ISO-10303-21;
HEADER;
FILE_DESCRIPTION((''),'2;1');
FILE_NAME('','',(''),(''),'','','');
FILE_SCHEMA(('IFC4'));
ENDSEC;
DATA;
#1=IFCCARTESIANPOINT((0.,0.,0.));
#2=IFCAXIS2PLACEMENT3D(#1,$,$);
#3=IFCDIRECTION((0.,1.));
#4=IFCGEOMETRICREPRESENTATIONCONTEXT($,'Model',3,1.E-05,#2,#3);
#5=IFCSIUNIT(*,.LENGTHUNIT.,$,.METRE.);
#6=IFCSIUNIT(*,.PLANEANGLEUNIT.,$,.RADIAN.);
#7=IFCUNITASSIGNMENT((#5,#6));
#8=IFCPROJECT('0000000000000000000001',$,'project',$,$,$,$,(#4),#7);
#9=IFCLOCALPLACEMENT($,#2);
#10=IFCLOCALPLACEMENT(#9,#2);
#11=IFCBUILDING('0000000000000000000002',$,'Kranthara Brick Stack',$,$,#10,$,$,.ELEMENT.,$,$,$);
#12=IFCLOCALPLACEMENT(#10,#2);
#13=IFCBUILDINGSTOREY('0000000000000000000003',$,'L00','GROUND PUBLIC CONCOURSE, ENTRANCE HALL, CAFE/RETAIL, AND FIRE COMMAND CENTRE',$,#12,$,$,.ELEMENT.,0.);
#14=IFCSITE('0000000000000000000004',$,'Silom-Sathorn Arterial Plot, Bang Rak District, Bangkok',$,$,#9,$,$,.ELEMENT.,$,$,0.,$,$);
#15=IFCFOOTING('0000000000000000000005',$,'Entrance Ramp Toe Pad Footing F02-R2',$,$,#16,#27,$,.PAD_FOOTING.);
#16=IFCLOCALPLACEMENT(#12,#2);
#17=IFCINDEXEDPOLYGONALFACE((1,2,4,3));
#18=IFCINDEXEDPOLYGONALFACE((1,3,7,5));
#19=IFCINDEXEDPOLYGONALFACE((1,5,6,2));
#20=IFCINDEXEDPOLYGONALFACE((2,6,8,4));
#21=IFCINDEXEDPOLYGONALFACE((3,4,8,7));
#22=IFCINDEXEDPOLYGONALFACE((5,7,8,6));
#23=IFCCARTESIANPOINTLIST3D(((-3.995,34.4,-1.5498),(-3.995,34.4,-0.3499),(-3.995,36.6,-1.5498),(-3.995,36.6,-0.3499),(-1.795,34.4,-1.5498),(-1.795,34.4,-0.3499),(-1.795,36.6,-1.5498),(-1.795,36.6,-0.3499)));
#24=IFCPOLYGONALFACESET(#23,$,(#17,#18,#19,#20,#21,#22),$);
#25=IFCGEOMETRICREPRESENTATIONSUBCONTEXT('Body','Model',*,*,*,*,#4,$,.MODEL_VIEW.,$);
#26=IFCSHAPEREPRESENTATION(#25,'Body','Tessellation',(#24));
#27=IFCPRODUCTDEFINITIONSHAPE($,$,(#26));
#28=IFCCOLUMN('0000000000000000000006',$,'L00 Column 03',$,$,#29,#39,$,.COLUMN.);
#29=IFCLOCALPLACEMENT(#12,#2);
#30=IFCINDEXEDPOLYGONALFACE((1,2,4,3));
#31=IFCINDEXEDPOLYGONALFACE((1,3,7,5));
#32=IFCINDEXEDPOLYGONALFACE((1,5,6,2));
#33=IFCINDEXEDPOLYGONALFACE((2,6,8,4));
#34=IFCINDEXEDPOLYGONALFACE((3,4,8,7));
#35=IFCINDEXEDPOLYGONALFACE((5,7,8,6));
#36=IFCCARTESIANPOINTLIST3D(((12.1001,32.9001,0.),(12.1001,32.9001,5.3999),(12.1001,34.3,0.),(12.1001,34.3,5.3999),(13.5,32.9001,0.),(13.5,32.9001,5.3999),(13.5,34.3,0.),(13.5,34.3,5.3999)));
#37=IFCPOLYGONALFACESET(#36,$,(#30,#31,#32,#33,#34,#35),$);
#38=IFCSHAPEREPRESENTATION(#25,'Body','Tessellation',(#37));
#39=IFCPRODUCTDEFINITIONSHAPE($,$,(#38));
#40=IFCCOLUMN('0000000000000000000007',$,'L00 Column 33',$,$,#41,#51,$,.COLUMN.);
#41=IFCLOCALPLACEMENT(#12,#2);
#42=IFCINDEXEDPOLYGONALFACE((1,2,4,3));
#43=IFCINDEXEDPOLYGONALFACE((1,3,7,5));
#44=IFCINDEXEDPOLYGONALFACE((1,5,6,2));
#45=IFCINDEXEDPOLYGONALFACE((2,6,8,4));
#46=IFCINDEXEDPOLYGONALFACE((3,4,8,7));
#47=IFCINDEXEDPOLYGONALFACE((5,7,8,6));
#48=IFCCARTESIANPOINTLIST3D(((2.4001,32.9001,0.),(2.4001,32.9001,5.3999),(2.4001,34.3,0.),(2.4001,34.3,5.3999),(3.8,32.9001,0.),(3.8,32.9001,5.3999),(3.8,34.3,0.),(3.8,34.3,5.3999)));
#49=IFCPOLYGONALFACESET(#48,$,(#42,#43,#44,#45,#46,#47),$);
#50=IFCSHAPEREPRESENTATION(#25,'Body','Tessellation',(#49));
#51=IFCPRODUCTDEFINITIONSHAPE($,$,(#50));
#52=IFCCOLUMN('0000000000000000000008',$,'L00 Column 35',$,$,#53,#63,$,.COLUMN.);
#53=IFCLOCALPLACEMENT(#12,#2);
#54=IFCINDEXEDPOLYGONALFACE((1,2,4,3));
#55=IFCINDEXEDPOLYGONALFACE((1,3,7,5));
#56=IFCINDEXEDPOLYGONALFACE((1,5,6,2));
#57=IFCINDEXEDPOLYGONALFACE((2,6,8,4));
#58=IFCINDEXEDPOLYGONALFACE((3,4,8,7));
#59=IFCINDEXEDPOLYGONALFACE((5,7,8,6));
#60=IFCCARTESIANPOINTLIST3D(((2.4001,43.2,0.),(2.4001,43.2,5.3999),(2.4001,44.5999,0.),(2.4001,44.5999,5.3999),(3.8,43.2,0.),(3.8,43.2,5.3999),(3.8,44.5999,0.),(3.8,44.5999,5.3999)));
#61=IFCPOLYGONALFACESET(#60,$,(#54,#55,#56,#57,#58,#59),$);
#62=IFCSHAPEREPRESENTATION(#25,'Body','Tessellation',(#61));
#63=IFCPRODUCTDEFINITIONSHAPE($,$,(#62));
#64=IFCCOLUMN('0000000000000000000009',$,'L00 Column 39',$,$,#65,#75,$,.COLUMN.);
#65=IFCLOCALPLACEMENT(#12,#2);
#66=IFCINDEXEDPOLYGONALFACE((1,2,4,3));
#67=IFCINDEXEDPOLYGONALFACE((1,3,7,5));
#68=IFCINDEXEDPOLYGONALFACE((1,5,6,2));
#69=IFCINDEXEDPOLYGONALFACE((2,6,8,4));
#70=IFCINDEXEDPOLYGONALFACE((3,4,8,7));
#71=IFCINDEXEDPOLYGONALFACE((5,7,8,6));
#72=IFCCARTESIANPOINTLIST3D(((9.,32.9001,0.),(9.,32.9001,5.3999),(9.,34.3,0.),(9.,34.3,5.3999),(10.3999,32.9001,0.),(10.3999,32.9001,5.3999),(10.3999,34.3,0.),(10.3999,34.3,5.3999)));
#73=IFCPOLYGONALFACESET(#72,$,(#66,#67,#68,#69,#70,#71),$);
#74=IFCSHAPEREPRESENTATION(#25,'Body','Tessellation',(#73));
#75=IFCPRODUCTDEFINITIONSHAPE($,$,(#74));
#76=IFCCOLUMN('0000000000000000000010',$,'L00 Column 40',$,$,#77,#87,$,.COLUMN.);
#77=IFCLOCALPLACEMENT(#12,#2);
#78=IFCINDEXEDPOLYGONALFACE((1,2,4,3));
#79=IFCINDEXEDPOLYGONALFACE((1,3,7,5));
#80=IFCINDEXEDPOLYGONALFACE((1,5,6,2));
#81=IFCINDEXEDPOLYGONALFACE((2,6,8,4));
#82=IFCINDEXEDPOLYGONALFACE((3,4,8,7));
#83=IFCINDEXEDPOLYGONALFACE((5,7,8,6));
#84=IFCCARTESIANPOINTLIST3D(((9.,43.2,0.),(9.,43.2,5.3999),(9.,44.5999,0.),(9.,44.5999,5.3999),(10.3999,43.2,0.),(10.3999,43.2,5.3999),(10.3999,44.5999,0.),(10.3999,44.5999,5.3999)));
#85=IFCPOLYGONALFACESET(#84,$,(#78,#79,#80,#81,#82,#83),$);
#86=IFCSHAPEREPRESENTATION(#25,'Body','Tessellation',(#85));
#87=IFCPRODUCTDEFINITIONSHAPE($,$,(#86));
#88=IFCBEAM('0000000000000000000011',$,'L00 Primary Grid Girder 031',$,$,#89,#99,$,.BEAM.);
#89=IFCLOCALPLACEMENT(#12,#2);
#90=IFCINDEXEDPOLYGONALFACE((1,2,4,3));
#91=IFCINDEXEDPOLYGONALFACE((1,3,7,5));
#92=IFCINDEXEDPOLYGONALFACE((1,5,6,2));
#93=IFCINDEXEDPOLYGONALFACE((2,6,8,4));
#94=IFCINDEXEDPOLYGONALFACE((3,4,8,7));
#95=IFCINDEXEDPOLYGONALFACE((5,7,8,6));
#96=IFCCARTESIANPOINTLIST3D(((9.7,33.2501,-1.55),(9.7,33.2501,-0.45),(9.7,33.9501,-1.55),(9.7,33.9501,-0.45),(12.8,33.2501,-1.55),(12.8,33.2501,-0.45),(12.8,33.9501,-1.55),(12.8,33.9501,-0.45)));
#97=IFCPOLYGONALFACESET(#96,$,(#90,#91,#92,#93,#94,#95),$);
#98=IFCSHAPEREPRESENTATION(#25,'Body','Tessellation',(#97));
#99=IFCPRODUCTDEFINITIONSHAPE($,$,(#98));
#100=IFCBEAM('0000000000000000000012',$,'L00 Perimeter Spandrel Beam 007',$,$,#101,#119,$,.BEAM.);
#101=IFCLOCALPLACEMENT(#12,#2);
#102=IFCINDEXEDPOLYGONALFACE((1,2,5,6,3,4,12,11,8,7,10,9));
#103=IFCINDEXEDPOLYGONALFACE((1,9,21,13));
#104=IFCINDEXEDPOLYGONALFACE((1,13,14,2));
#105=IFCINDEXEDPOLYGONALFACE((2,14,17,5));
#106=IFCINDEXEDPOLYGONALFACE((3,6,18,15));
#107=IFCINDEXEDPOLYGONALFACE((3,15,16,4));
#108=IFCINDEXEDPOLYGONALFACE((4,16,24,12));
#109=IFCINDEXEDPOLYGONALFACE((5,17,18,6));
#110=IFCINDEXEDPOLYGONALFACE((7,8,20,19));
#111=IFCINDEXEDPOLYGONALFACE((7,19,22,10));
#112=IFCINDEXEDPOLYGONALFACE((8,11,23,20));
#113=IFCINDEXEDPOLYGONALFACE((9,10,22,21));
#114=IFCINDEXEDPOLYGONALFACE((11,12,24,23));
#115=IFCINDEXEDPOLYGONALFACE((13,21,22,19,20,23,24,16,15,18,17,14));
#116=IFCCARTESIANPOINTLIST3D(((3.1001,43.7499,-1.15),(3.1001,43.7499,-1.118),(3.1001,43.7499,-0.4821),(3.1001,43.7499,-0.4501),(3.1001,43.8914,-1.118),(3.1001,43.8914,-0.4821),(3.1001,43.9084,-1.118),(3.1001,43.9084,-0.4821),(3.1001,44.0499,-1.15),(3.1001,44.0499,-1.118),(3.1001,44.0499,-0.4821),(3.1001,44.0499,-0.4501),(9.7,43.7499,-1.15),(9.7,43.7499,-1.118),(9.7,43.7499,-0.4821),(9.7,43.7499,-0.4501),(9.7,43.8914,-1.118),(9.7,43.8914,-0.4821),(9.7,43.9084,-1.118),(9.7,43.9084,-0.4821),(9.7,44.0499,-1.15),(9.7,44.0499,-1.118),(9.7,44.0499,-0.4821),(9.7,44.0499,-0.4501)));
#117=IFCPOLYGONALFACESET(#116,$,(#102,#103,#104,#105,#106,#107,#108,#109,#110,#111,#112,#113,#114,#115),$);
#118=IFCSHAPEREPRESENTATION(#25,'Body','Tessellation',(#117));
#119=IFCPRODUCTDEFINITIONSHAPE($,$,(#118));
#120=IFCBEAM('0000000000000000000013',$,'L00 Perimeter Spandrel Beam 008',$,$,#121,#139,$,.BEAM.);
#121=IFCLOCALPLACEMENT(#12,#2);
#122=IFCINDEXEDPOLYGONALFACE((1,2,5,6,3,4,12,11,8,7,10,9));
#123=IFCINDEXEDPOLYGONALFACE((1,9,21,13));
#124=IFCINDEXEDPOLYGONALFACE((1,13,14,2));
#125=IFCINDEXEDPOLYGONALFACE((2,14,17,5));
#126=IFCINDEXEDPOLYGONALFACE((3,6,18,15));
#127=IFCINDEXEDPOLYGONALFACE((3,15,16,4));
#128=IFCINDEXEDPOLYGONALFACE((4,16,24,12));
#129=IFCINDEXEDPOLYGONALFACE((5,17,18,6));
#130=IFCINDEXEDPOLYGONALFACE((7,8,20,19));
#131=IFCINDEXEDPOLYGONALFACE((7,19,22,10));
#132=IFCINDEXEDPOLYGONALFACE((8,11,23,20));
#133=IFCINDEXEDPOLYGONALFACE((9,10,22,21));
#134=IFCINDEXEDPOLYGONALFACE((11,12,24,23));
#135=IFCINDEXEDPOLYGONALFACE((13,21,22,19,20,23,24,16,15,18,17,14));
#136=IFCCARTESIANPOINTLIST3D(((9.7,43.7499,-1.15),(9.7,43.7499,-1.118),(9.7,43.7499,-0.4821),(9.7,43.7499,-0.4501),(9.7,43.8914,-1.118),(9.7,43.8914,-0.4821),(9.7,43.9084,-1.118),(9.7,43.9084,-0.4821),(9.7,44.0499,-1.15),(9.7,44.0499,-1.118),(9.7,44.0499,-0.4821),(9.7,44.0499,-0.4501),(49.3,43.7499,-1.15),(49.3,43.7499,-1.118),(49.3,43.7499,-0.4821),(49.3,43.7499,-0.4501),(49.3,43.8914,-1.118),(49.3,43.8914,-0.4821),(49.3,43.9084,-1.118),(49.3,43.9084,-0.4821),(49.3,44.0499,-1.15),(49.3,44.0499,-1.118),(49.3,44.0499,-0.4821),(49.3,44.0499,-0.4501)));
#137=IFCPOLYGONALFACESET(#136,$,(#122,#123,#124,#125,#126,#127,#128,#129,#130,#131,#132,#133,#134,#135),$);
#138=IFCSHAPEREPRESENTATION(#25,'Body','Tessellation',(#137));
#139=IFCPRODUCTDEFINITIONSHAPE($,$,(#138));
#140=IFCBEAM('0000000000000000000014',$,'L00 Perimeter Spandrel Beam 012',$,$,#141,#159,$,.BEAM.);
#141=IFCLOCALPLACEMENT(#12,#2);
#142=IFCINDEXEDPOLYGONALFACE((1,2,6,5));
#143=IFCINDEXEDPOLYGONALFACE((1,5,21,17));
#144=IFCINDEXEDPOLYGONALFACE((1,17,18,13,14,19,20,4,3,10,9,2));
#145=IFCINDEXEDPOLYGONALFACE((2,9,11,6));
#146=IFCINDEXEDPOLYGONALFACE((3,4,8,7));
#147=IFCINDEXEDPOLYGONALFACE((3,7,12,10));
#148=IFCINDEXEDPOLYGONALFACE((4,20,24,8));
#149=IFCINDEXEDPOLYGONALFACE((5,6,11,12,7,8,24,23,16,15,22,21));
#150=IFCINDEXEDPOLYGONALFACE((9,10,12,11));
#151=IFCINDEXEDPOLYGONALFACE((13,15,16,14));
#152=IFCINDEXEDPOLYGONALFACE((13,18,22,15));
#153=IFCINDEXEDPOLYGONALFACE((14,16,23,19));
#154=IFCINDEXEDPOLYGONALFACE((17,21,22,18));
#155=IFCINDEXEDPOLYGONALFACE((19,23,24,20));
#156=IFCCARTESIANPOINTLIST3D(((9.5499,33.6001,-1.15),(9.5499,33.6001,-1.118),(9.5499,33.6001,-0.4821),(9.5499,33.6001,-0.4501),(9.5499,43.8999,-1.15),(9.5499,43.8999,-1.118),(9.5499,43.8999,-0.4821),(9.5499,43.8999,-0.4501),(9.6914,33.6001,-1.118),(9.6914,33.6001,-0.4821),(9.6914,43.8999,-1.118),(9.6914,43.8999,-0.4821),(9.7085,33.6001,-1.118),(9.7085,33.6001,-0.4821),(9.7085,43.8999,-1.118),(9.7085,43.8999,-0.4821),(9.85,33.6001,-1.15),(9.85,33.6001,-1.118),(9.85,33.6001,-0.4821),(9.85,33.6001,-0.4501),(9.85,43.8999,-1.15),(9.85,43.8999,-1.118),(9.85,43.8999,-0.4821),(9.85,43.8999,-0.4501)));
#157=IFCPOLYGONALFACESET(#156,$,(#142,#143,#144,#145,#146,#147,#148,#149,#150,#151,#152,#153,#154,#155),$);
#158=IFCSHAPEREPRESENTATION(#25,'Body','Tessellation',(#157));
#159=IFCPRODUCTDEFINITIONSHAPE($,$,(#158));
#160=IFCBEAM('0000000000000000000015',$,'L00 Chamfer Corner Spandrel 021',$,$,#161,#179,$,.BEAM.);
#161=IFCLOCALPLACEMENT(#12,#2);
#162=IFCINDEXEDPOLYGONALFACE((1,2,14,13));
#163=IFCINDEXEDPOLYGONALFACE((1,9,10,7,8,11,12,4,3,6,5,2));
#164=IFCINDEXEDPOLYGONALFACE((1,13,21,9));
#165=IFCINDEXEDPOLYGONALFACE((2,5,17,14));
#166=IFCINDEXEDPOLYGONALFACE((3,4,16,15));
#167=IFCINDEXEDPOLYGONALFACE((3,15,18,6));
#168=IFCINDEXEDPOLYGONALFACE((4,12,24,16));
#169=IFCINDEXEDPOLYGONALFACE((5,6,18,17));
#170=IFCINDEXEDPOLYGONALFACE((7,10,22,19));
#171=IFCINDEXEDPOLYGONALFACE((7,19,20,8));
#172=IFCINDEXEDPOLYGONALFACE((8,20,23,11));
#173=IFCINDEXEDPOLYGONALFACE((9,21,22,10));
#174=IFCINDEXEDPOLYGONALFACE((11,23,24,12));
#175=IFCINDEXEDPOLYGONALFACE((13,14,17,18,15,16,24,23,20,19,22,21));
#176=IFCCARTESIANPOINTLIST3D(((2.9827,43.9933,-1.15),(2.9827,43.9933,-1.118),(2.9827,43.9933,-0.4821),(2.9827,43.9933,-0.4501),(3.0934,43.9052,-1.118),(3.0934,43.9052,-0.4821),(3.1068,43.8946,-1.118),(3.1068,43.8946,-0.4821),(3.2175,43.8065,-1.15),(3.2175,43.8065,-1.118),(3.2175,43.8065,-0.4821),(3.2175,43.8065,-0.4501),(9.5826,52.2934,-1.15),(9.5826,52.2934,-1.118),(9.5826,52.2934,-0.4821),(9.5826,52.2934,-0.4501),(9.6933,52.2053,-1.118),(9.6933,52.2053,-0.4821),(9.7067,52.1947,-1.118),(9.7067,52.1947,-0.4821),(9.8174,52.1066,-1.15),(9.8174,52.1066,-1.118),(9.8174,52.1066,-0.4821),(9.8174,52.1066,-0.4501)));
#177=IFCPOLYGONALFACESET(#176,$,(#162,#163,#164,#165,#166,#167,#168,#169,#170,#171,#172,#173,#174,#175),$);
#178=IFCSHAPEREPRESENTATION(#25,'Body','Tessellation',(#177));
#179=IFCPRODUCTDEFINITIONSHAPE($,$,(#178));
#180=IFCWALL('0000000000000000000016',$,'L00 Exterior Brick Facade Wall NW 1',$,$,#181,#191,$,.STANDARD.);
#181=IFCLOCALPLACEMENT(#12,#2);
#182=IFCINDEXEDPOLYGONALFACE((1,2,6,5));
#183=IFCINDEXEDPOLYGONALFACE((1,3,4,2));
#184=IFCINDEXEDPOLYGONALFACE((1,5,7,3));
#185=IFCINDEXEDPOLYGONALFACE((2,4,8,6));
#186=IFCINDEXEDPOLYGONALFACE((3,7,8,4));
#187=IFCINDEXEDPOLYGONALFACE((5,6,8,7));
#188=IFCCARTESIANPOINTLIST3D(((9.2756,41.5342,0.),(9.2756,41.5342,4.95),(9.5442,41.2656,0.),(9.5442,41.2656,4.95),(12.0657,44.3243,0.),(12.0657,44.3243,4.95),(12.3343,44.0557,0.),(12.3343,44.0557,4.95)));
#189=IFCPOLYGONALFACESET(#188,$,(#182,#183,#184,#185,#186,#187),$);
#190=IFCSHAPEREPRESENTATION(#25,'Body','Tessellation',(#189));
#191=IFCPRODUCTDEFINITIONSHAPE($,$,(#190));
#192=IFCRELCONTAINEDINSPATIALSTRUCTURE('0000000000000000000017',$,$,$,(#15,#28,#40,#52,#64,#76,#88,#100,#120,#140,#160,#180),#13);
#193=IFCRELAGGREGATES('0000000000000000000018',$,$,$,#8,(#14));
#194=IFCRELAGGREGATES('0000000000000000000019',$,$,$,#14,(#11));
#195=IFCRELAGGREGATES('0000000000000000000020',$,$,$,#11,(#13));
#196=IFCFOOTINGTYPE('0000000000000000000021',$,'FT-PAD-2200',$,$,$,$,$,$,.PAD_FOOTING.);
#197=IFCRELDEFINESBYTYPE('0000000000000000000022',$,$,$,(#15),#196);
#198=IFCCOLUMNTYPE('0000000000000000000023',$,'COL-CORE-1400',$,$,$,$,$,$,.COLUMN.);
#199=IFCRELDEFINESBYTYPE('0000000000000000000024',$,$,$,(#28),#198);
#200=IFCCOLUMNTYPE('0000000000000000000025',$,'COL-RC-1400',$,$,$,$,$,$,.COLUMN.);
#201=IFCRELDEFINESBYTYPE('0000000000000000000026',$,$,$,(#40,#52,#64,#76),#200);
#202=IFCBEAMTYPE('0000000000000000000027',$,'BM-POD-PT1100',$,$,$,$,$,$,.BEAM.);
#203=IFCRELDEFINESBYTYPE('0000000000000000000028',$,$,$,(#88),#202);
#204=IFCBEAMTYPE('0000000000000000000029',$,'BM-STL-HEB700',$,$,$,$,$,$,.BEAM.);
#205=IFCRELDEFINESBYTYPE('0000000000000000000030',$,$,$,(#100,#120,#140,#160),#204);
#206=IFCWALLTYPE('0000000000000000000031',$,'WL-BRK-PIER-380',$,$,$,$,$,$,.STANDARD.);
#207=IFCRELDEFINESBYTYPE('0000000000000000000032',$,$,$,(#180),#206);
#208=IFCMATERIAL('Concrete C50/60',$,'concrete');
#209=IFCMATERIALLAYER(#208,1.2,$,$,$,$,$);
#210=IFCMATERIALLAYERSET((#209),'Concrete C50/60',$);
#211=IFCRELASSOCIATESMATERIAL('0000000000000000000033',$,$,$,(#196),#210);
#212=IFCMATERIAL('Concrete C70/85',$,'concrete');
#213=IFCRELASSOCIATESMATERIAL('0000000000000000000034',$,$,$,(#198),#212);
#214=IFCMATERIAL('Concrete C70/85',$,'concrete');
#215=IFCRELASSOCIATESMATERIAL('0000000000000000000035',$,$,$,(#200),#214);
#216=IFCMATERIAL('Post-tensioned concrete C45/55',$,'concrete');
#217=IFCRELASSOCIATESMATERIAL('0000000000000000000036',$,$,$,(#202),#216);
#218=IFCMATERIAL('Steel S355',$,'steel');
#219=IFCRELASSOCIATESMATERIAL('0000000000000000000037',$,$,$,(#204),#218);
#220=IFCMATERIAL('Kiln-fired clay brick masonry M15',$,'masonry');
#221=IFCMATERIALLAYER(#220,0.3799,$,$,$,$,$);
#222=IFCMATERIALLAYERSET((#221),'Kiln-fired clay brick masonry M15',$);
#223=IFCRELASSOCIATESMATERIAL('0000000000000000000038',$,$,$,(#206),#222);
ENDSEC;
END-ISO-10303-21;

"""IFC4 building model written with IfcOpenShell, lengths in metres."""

from ifc_helpers import new_model, si_unit, direction, frame, frame_2d, origin, origin_2d, place, context, subcontext, project, spatial, rectangle, i_section, extrude, material, layer, layer_set, material_profile, profile_set, type_object, element, save


model = new_model("IFC4")

# Units and contexts
model_context = context("Model", 3, precision=1e-05, world=origin(), true_north=direction((0.0, 1.0)))
body_context = subcontext(model_context, "Body", "Model", "MODEL_VIEW")
ifc_project = project(units=[si_unit("LENGTHUNIT", "METRE"), si_unit("PLANEANGLEUNIT", "RADIAN")], contexts=[model_context])

# Site, building, storey
site_placement = place(None, origin())
site = spatial("IfcSite", under=ifc_project, at=site_placement, Name="Silom-Sathorn Arterial Plot, Bang Rak District, Bangkok", CompositionType="ELEMENT", RefElevation=0.0)
building_placement = place(site_placement, origin())
building = spatial("IfcBuilding", under=site, at=building_placement, Name="Kranthara Brick Stack", CompositionType="ELEMENT")
storey_placement = place(building_placement, origin())
storey = spatial("IfcBuildingStorey", under=building, at=storey_placement, Name="L00", Description="GROUND PUBLIC CONCOURSE, ENTRANCE HALL, CAFE/RETAIL, AND FIRE COMMAND CENTRE", CompositionType="ELEMENT", Elevation=0.0)

# Footing
ifc_material_1 = material(Name="Concrete C50/60", Category="concrete")
ifc_layer_1 = layer(ifc_material_1, 1.2)
ifc_layer_set_1 = layer_set([ifc_layer_1], Name="Concrete C50/60")
footing_type = type_object("IfcFootingType", Name="FT-PAD-2200", PredefinedType="PAD_FOOTING", material=ifc_layer_set_1)
footing_placement = place(storey_placement, frame((-2.895, 35.5, -1.5498), z_axis=(0.0, 0.0, 1.0), x_axis=(1.0, 0.0, 0.0)))
element("IfcFooting", 1, at=footing_placement, inside=storey, type_object=footing_type, Name="Entrance Ramp Toe Pad Footing F02-R2", PredefinedType="PAD_FOOTING", context=body_context, shape_type="SweptSolid", body=[
    extrude(rectangle(XDim=2.2, YDim=2.2, at=origin_2d()), origin(), (0.0, 0.0, 1.0), 1.2),
])

# Columns
ifc_material_2 = material(Name="Concrete C70/85", Category="concrete")
ifc_material_profile_1 = material_profile(ifc_material_2, rectangle(XDim=1.3999, YDim=1.3999, at=origin_2d()), Name="RC 1400x1400")
ifc_profile_set_1 = profile_set([ifc_material_profile_1], Name="Concrete C70/85")
column_type_1 = type_object("IfcColumnType", Name="COL-CORE-1400", PredefinedType="COLUMN", material=ifc_profile_set_1)
column_placement = place(storey_placement, frame((12.8, 33.6001, 0.0), z_axis=(0.0, 0.0, 1.0), x_axis=(1.0, 0.0, 0.0)))
element("IfcColumn", 2, at=column_placement, inside=storey, type_object=column_type_1, Name="L00 Column 03", PredefinedType="COLUMN", context=body_context, shape_type="SweptSolid", body=[
    extrude(rectangle(XDim=1.3999, YDim=1.3999, at=origin_2d()), origin(), (0.0, 0.0, 1.0), 5.3999),
])
ifc_material_3 = material(Name="Concrete C70/85", Category="concrete")
ifc_material_profile_2 = material_profile(ifc_material_3, rectangle(XDim=1.3999, YDim=1.3999, at=origin_2d()), Name="RC 1400x1400")
ifc_profile_set_2 = profile_set([ifc_material_profile_2], Name="Concrete C70/85")
column_type_2 = type_object("IfcColumnType", Name="COL-RC-1400", PredefinedType="COLUMN", material=ifc_profile_set_2)
for number, where, z_axis, x_axis, name in (
    (3, (3.1001, 33.6001, 0.0), (0.0, 0.0, 1.0), (1.0, 0.0, 0.0), "L00 Column 33"),
    (4, (3.1001, 43.8999, 0.0), (0.0, 0.0, 1.0), (1.0, 0.0, 0.0), "L00 Column 35"),
    (5, (9.7, 33.6001, 0.0), (0.0, 0.0, 1.0), (1.0, 0.0, 0.0), "L00 Column 39"),
    (6, (9.7, 43.8999, 0.0), (0.0, 0.0, 1.0), (1.0, 0.0, 0.0), "L00 Column 40"),
):
    element("IfcColumn", number, at=place(storey_placement, frame(where, z_axis=z_axis, x_axis=x_axis)), inside=storey, type_object=column_type_2, Name=name, PredefinedType="COLUMN", context=body_context, shape_type="SweptSolid", body=[
        extrude(rectangle(XDim=1.3999, YDim=1.3999, at=origin_2d()), origin(), (0.0, 0.0, 1.0), 5.3999),
    ])

# Beams
ifc_material_4 = material(Name="Post-tensioned concrete C45/55", Category="concrete")
ifc_material_profile_3 = material_profile(ifc_material_4, rectangle(XDim=0.7, YDim=1.1001, at=origin_2d()), Name="PT 700x1100")
ifc_profile_set_3 = profile_set([ifc_material_profile_3], Name="Post-tensioned concrete C45/55")
beam_type_1 = type_object("IfcBeamType", Name="BM-POD-PT1100", PredefinedType="BEAM", material=ifc_profile_set_3)
beam_1_placement = place(storey_placement, frame((9.7, 33.6001, -1.0), z_axis=(1.0, 0.0, 0.0), x_axis=(0.0, 1.0, 0.0)))
element("IfcBeam", 7, at=beam_1_placement, inside=storey, type_object=beam_type_1, Name="L00 Primary Grid Girder 031", PredefinedType="BEAM", context=body_context, shape_type="SweptSolid", body=[
    extrude(rectangle(XDim=0.7, YDim=1.1001, at=origin_2d()), origin(), (0.0, 0.0, 1.0), 3.1001),
])
ifc_material_5 = material(Name="Steel S355", Category="steel")
ifc_material_profile_4 = material_profile(ifc_material_5, i_section(OverallWidth=0.3, OverallDepth=0.7, WebThickness=0.0171, FlangeThickness=0.032, at=origin_2d()), Name="HEB 700")
ifc_profile_set_4 = profile_set([ifc_material_profile_4], Name="Steel S355")
beam_type_2 = type_object("IfcBeamType", Name="BM-STL-HEB700", PredefinedType="BEAM", material=ifc_profile_set_4)
beam_2_placement = place(storey_placement, frame((3.1001, 43.8999, -0.8), z_axis=(1.0, 0.0, 0.0), x_axis=(0.0, 1.0, 0.0)))
element("IfcBeam", 8, at=beam_2_placement, inside=storey, type_object=beam_type_2, Name="L00 Perimeter Spandrel Beam 007", PredefinedType="BEAM", context=body_context, shape_type="SweptSolid", body=[
    extrude(i_section(OverallWidth=0.3, OverallDepth=0.7, WebThickness=0.0171, FlangeThickness=0.032, at=origin_2d()), origin(), (0.0, 0.0, 1.0), 6.5999),
])
beam_3_placement = place(storey_placement, frame((9.7, 43.8999, -0.8), z_axis=(1.0, 0.0, 0.0), x_axis=(0.0, 1.0, 0.0)))
element("IfcBeam", 9, at=beam_3_placement, inside=storey, type_object=beam_type_2, Name="L00 Perimeter Spandrel Beam 008", PredefinedType="BEAM", context=body_context, shape_type="SweptSolid", body=[
    extrude(i_section(OverallWidth=0.3, OverallDepth=0.7, WebThickness=0.0171, FlangeThickness=0.032, at=origin_2d()), origin(), (0.0, 0.0, 1.0), 39.6001),
])
beam_4_placement = place(storey_placement, frame((9.7, 33.6001, -0.8), z_axis=(0.0, 1.0, 0.0), x_axis=(-1.0, 0.0, 0.0)))
element("IfcBeam", 10, at=beam_4_placement, inside=storey, type_object=beam_type_2, Name="L00 Perimeter Spandrel Beam 012", PredefinedType="BEAM", context=body_context, shape_type="SweptSolid", body=[
    extrude(i_section(OverallWidth=0.3, OverallDepth=0.7, WebThickness=0.0171, FlangeThickness=0.032, at=origin_2d()), origin(), (0.0, 0.0, 1.0), 10.2998),
])
beam_5_placement = place(storey_placement, frame((3.1001, 43.8999, -0.8), z_axis=(0.622382, 0.782714, 0.0), x_axis=(-0.782714, 0.622382, 0.0)))
element("IfcBeam", 11, at=beam_5_placement, inside=storey, type_object=beam_type_2, Name="L00 Chamfer Corner Spandrel 021", PredefinedType="BEAM", context=body_context, shape_type="SweptSolid", body=[
    extrude(i_section(OverallWidth=0.3, OverallDepth=0.7, WebThickness=0.0171, FlangeThickness=0.032, at=origin_2d()), origin(), (0.0, 0.0, 1.0), 10.6042),
])

# Wall
ifc_material_6 = material(Name="Kiln-fired clay brick masonry M15", Category="masonry")
ifc_layer_2 = layer(ifc_material_6, 0.3799)
ifc_layer_set_2 = layer_set([ifc_layer_2], Name="Kiln-fired clay brick masonry M15")
wall_type_1 = type_object("IfcWallType", Name="WL-BRK-PIER-380", PredefinedType="STANDARD", material=ifc_layer_set_2)
wall_1_placement = place(storey_placement, frame((9.4099, 41.3999, 0.0), z_axis=(0.0, 0.0, 1.0), x_axis=(0.707107, 0.707107, 0.0)))
element("IfcWall", 12, at=wall_1_placement, inside=storey, type_object=wall_type_1, Name="L00 Exterior Brick Facade Wall NW 1", PredefinedType="STANDARD", context=body_context, shape_type="SweptSolid", body=[
    extrude(rectangle(XDim=3.9458, YDim=0.3799, at=frame_2d((1.9729, 0.0))), origin(), (0.0, 0.0, 1.0), 4.95),
])

save(model, "model.ifc")
